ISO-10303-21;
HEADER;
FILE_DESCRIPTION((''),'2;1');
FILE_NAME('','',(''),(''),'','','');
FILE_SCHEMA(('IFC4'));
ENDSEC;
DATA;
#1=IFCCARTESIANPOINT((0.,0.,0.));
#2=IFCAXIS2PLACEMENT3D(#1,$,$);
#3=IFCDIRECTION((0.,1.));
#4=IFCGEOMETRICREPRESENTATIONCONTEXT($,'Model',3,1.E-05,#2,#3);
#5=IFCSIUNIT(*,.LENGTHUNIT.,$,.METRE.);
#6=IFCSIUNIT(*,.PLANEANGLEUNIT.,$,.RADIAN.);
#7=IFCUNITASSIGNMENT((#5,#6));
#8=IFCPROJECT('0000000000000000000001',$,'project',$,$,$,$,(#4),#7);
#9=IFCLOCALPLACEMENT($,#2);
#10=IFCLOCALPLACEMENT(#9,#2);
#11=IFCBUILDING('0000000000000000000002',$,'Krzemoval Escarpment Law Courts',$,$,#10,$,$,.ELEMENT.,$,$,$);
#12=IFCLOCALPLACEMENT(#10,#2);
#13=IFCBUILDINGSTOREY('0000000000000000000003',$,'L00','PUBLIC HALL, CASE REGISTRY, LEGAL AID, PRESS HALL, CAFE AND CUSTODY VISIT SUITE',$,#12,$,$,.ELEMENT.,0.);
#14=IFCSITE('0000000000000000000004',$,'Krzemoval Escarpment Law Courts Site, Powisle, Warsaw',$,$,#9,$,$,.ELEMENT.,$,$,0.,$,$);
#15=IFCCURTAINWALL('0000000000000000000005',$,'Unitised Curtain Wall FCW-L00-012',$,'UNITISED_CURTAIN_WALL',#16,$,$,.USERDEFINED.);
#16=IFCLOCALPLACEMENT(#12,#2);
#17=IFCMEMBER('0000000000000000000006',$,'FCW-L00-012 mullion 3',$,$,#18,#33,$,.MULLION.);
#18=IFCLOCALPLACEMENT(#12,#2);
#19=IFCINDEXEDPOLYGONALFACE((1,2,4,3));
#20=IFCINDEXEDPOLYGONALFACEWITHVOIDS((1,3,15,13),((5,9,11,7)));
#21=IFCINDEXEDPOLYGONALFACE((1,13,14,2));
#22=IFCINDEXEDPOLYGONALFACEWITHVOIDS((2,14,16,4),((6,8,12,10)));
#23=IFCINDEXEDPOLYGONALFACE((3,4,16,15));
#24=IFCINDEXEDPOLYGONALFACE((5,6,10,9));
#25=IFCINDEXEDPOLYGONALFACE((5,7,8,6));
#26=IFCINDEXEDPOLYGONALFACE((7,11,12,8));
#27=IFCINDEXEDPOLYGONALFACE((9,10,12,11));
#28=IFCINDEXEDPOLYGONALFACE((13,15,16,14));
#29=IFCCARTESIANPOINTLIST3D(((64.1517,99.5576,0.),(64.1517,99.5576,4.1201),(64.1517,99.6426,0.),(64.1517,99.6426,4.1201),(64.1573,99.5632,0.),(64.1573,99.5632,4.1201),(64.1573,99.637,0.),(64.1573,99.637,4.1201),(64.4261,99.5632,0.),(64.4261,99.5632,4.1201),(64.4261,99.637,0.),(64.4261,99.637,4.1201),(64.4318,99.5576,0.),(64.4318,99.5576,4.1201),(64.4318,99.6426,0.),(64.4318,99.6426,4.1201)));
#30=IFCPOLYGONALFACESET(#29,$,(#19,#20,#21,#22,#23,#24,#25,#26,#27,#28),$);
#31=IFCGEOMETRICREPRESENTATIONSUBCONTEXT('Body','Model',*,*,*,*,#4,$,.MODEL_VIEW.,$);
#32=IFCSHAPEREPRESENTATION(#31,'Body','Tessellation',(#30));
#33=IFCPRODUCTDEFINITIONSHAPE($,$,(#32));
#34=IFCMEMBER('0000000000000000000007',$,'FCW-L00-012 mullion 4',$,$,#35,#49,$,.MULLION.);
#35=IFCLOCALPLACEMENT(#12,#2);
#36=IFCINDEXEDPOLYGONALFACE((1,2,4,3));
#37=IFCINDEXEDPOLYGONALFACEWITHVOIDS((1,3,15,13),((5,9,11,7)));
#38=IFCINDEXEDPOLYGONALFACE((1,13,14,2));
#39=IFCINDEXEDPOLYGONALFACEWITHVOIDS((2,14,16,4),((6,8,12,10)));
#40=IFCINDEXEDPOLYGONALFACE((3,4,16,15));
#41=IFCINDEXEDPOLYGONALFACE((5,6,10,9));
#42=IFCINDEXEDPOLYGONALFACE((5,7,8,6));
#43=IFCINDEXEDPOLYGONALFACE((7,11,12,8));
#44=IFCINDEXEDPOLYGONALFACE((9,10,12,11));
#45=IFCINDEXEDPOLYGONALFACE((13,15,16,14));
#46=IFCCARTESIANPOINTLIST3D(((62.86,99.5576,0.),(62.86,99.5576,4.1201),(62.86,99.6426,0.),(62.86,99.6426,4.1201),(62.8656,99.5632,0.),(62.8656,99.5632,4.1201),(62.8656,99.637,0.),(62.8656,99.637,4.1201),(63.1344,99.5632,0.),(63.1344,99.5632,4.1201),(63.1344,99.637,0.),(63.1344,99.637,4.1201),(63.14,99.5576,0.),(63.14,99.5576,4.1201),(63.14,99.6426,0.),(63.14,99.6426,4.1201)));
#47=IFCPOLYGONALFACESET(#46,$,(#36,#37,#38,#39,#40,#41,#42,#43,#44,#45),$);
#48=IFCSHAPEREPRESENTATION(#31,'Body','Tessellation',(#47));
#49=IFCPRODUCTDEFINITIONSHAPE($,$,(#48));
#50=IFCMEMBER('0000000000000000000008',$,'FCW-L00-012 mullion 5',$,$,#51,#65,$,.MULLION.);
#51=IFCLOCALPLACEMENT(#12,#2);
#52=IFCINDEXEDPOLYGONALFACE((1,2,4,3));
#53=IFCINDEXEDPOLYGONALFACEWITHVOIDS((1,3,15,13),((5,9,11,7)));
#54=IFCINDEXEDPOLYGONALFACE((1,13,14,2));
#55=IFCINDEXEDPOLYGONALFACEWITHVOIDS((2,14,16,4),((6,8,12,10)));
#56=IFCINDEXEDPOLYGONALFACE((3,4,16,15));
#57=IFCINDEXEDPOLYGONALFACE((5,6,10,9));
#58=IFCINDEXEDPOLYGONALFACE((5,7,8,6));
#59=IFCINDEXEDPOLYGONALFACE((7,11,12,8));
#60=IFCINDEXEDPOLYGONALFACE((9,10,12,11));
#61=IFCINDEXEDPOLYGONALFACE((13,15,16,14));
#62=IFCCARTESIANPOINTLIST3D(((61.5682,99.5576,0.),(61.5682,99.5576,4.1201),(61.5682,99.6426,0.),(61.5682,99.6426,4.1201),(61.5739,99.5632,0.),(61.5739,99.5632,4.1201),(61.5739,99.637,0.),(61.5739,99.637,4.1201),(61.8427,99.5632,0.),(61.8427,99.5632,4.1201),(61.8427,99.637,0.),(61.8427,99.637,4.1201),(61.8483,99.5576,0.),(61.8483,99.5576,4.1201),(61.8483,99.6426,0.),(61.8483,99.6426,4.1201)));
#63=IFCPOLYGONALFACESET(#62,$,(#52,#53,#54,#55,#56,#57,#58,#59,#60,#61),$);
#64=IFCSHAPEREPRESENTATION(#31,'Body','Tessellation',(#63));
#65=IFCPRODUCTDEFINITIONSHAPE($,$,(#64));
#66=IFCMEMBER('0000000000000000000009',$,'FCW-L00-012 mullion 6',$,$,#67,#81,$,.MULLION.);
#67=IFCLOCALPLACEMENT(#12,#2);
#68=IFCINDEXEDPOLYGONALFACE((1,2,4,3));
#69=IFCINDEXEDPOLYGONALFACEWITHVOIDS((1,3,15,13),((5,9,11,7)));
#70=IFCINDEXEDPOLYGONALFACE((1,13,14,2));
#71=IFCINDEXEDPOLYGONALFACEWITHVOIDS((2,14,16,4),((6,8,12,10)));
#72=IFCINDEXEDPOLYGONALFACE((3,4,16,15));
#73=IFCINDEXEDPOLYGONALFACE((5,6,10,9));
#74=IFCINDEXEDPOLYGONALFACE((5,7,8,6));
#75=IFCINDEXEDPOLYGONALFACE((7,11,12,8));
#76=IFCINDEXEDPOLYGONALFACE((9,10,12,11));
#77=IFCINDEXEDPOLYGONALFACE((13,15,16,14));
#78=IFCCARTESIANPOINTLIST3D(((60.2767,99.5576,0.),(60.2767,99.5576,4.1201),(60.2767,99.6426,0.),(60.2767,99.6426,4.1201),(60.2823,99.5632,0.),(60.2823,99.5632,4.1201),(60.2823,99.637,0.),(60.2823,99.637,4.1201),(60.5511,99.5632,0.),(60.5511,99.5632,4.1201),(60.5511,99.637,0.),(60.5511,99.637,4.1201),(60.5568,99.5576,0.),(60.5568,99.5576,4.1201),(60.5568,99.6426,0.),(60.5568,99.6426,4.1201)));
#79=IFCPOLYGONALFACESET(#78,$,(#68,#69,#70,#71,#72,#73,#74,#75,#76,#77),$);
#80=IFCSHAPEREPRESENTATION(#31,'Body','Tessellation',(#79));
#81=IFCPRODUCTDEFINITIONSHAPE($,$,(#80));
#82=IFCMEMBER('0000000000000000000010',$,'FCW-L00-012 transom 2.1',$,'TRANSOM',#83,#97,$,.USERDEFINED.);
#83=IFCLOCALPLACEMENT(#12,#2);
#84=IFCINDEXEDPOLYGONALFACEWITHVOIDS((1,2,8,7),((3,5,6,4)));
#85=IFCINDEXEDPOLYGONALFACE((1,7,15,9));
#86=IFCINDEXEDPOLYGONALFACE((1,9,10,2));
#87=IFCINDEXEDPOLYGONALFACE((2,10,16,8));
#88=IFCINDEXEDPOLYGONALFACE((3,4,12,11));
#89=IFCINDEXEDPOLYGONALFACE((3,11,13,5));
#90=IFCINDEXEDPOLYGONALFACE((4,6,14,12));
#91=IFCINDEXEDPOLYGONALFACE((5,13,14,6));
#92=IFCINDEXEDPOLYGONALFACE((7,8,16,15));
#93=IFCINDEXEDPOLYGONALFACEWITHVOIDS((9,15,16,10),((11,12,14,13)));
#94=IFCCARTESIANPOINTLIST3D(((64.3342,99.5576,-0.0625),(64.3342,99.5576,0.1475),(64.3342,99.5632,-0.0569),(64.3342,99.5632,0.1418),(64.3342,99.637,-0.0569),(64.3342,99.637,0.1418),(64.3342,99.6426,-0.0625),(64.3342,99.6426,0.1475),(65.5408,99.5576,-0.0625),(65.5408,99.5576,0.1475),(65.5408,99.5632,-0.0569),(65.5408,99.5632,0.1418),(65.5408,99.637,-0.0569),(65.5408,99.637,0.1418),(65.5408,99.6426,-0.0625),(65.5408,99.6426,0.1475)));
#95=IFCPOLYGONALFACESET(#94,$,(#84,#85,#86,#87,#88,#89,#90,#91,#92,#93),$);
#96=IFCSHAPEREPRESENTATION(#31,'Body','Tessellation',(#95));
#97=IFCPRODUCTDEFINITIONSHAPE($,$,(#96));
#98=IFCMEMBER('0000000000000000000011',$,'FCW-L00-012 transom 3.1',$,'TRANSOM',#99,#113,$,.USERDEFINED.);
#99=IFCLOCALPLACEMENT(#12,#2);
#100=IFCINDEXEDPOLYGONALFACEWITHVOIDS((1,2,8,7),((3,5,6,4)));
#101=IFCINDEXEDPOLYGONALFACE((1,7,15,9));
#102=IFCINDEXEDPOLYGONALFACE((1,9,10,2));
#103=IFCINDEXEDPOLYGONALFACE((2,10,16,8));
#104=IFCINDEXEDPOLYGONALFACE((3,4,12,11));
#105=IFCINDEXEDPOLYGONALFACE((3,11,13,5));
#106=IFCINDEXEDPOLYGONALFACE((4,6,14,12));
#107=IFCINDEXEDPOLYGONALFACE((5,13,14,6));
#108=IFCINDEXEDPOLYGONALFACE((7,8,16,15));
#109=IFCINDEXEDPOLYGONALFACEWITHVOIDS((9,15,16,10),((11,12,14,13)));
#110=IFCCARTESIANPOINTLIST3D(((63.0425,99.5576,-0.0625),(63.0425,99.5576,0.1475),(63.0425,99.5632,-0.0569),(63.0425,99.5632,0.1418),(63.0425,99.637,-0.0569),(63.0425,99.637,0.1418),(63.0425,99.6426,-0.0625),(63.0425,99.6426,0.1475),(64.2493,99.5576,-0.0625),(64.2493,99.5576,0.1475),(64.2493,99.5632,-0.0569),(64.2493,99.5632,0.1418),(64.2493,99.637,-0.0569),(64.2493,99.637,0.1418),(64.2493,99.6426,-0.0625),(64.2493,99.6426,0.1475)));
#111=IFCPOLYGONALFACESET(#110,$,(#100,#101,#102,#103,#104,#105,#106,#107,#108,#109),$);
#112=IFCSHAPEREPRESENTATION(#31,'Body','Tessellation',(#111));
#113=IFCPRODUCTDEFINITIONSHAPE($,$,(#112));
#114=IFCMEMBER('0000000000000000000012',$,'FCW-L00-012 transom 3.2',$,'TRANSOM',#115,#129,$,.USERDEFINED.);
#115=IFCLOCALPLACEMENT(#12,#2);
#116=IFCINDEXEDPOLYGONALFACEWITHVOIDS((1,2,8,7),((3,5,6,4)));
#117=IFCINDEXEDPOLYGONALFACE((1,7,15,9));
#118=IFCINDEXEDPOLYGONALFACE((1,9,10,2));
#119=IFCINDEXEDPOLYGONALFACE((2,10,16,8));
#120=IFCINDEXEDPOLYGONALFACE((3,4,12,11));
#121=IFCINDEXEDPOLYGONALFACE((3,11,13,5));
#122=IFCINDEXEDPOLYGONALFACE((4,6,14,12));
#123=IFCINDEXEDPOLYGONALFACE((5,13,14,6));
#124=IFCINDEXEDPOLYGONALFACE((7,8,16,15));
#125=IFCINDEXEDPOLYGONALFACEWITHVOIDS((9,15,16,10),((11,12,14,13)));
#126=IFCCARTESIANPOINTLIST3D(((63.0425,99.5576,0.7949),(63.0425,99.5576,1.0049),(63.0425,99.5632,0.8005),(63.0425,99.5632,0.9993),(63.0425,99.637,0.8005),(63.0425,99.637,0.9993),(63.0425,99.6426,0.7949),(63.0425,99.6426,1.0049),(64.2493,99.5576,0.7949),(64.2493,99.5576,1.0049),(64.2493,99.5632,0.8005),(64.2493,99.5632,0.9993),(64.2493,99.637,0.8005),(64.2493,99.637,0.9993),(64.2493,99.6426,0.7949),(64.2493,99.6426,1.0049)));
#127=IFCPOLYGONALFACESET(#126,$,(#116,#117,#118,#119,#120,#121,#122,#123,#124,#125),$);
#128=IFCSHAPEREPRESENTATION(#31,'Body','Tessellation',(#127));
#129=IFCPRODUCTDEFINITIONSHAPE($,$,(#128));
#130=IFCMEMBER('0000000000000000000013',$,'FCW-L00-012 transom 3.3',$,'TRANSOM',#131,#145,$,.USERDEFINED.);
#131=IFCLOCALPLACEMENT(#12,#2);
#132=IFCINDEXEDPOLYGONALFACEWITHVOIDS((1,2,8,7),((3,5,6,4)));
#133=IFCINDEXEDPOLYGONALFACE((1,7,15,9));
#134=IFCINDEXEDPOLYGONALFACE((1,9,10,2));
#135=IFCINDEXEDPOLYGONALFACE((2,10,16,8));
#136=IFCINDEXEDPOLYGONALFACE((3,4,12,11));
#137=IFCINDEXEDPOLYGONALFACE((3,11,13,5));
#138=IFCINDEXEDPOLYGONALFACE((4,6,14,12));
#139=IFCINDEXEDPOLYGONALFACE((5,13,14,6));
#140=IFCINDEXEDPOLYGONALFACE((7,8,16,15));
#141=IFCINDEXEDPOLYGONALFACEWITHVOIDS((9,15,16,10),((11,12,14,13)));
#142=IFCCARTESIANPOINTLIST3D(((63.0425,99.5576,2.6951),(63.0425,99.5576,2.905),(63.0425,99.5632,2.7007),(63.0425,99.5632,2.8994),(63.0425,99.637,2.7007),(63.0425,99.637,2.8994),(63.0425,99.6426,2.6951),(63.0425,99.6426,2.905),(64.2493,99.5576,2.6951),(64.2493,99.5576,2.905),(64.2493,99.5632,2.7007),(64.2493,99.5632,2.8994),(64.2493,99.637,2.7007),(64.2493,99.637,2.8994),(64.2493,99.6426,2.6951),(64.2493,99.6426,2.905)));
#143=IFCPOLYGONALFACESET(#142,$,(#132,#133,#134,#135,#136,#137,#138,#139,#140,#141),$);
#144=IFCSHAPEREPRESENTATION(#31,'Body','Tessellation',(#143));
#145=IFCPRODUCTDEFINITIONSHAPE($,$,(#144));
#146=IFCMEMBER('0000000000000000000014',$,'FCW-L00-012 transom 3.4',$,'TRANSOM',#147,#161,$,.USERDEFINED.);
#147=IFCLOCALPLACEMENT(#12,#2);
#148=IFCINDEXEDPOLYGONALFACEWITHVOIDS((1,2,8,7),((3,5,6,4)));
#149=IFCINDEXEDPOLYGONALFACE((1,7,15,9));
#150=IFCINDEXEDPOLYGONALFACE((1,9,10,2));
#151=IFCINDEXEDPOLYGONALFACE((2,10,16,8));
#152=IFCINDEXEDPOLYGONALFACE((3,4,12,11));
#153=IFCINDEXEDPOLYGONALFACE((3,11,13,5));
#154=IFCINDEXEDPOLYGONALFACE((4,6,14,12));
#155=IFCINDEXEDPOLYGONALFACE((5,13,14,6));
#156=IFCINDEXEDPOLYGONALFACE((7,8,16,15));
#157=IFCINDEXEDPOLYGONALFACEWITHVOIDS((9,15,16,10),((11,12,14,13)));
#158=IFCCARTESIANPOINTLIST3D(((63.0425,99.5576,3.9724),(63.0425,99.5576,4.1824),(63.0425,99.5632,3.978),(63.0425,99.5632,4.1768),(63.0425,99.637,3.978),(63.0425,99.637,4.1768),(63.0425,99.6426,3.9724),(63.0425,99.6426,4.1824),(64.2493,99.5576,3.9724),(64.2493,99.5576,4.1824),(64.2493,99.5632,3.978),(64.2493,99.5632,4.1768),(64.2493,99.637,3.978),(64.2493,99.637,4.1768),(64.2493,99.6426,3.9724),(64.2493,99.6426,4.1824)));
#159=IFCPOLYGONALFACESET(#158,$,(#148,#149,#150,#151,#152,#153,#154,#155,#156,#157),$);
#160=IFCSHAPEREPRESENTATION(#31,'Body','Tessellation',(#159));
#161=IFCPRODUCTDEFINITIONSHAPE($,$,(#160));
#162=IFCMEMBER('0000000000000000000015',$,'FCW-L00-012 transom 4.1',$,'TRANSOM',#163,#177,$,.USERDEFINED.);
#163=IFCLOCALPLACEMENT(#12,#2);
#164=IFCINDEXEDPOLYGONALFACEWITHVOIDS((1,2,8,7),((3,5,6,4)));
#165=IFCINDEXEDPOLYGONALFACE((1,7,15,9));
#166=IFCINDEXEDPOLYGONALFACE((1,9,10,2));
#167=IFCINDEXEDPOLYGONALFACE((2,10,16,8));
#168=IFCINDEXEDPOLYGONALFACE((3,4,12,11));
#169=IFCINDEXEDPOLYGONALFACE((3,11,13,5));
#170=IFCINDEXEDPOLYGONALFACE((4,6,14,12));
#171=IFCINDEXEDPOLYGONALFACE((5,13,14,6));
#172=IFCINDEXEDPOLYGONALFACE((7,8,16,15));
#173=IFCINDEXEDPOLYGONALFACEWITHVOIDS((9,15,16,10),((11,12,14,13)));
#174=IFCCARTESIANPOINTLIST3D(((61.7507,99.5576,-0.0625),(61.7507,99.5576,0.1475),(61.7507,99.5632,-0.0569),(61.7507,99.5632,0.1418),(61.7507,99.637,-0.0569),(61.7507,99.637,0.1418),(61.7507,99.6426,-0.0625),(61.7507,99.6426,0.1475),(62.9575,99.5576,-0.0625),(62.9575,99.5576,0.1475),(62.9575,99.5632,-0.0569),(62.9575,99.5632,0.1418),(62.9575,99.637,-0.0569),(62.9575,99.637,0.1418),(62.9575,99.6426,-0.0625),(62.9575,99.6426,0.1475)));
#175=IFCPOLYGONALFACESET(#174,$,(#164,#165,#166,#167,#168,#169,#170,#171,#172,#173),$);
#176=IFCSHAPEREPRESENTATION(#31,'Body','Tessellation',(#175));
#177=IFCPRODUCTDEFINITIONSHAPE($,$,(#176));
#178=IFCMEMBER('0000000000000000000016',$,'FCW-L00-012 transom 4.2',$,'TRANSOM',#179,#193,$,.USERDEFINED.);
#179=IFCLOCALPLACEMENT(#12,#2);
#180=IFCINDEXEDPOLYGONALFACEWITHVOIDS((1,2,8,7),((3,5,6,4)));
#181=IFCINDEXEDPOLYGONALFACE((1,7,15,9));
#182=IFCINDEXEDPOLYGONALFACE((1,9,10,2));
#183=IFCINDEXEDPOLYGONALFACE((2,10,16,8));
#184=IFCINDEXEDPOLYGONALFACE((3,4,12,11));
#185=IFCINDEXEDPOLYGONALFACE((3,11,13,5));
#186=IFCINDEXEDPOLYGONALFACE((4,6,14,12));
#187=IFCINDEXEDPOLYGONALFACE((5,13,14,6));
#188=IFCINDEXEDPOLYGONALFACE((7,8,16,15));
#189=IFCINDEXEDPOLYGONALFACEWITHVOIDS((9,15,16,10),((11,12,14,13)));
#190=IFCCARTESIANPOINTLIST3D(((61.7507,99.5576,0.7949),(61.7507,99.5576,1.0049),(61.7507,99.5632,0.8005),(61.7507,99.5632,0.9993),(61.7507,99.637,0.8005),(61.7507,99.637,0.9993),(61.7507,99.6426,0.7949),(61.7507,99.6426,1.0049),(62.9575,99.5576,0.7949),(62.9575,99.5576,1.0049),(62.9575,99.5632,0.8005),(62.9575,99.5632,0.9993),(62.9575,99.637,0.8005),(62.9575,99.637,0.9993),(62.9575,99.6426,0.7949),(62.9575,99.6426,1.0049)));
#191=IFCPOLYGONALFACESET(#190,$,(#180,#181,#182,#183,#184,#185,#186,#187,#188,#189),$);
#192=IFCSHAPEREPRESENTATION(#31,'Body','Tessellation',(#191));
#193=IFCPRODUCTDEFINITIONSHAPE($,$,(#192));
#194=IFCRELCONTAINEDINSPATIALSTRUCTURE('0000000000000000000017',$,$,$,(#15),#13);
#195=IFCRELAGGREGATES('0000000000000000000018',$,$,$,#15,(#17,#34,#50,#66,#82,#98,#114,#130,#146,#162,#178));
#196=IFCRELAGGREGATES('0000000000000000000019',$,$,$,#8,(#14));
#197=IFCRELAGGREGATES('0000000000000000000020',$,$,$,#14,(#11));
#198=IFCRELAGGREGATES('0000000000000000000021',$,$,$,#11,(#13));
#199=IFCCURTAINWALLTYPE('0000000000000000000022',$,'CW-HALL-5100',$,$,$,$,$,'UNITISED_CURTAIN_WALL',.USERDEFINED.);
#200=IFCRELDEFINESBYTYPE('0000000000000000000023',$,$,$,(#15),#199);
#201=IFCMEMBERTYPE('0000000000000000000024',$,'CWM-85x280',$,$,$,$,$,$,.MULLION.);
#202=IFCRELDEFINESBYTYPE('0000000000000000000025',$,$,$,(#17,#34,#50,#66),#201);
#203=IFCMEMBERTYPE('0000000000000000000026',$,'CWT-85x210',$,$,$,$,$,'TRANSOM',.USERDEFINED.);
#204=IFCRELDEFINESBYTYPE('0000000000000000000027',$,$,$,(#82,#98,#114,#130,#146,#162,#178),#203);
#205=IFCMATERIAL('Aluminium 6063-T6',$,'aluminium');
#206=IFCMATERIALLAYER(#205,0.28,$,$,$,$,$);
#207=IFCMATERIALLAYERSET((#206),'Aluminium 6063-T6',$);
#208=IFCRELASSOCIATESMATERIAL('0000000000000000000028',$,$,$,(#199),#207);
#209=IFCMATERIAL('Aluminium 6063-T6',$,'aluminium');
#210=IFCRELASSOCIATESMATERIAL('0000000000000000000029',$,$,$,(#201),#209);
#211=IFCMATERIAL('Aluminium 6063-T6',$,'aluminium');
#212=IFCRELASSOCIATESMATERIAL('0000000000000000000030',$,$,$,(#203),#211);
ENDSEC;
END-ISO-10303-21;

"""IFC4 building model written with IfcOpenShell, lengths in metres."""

from ifc_helpers import new_model, si_unit, direction, frame, origin, origin_2d, place, context, subcontext, project, spatial, hollow_rectangle, extrude, material, layer, layer_set, material_profile, profile_set, type_object, element, aggregate, save


model = new_model("IFC4")

# Units and contexts
model_context = context("Model", 3, precision=1e-05, world=origin(), true_north=direction((0.0, 1.0)))
body_context = subcontext(model_context, "Body", "Model", "MODEL_VIEW")
ifc_project = project(units=[si_unit("LENGTHUNIT", "METRE"), si_unit("PLANEANGLEUNIT", "RADIAN")], contexts=[model_context])

# Site, building, storey
site_placement = place(None, origin())
site = spatial("IfcSite", under=ifc_project, at=site_placement, Name="Krzemoval Escarpment Law Courts Site, Powisle, Warsaw", CompositionType="ELEMENT", RefElevation=0.0)
building_placement = place(site_placement, origin())
building = spatial("IfcBuilding", under=site, at=building_placement, Name="Krzemoval Escarpment Law Courts", CompositionType="ELEMENT")
storey_placement = place(building_placement, origin())
storey = spatial("IfcBuildingStorey", under=building, at=storey_placement, Name="L00", Description="PUBLIC HALL, CASE REGISTRY, LEGAL AID, PRESS HALL, CAFE AND CUSTODY VISIT SUITE", CompositionType="ELEMENT", Elevation=0.0)

# Curtain wall, members
ifc_material_1 = material(Name="Aluminium 6063-T6", Category="aluminium")
ifc_layer_1 = layer(ifc_material_1, 0.28)
ifc_layer_set_1 = layer_set([ifc_layer_1], Name="Aluminium 6063-T6")
curtain_wall_type = type_object("IfcCurtainWallType", Name="CW-HALL-5100", ElementType="UNITISED_CURTAIN_WALL", PredefinedType="USERDEFINED", material=ifc_layer_set_1)
curtain_wall_placement = place(storey_placement, origin())
curtain_wall = element("IfcCurtainWall", 1, at=curtain_wall_placement, inside=storey, type_object=curtain_wall_type, Name="Unitised Curtain Wall FCW-L00-012", ObjectType="UNITISED_CURTAIN_WALL", PredefinedType="USERDEFINED")
ifc_material_2 = material(Name="Aluminium 6063-T6", Category="aluminium")
ifc_material_profile_1 = material_profile(ifc_material_2, hollow_rectangle(XDim=0.085, YDim=0.28, WallThickness=0.0056, at=origin_2d()), Name="ALU M85x280")
ifc_profile_set_1 = profile_set([ifc_material_profile_1], Name="Aluminium 6063-T6")
member_type_1 = type_object("IfcMemberType", Name="CWM-85x280", PredefinedType="MULLION", material=ifc_profile_set_1)
member_1_placement = place(storey_placement, frame((64.2917, 99.6001, 0.0), z_axis=(0.0, 0.0, 1.0), x_axis=(0.0, -1.0, 0.0)))
member_1 = element("IfcMember", 2, at=member_1_placement, type_object=member_type_1, Name="FCW-L00-012 mullion 3", PredefinedType="MULLION", context=body_context, shape_type="SweptSolid", body=[
    extrude(hollow_rectangle(XDim=0.085, YDim=0.28, WallThickness=0.0056, at=origin_2d()), origin(), (0.0, 0.0, 1.0), 4.1201),
])
member_2_placement = place(storey_placement, frame((63.0, 99.6001, 0.0), z_axis=(0.0, 0.0, 1.0), x_axis=(0.0, -1.0, 0.0)))
member_2 = element("IfcMember", 3, at=member_2_placement, type_object=member_type_1, Name="FCW-L00-012 mullion 4", PredefinedType="MULLION", context=body_context, shape_type="SweptSolid", body=[
    extrude(hollow_rectangle(XDim=0.085, YDim=0.28, WallThickness=0.0056, at=origin_2d()), origin(), (0.0, 0.0, 1.0), 4.1201),
])
member_3_placement = place(storey_placement, frame((61.7083, 99.6001, 0.0), z_axis=(0.0, 0.0, 1.0), x_axis=(0.0, -1.0, 0.0)))
member_3 = element("IfcMember", 4, at=member_3_placement, type_object=member_type_1, Name="FCW-L00-012 mullion 5", PredefinedType="MULLION", context=body_context, shape_type="SweptSolid", body=[
    extrude(hollow_rectangle(XDim=0.085, YDim=0.28, WallThickness=0.0056, at=origin_2d()), origin(), (0.0, 0.0, 1.0), 4.1201),
])
member_4_placement = place(storey_placement, frame((60.4167, 99.6001, 0.0), z_axis=(0.0, 0.0, 1.0), x_axis=(0.0, -1.0, 0.0)))
member_4 = element("IfcMember", 5, at=member_4_placement, type_object=member_type_1, Name="FCW-L00-012 mullion 6", PredefinedType="MULLION", context=body_context, shape_type="SweptSolid", body=[
    extrude(hollow_rectangle(XDim=0.085, YDim=0.28, WallThickness=0.0056, at=origin_2d()), origin(), (0.0, 0.0, 1.0), 4.1201),
])
ifc_material_3 = material(Name="Aluminium 6063-T6", Category="aluminium")
ifc_material_profile_2 = material_profile(ifc_material_3, hollow_rectangle(XDim=0.085, YDim=0.21, WallThickness=0.0056, at=origin_2d()), Name="ALU T85x210")
ifc_profile_set_2 = profile_set([ifc_material_profile_2], Name="Aluminium 6063-T6")
member_type_2 = type_object("IfcMemberType", Name="CWT-85x210", ElementType="TRANSOM", PredefinedType="USERDEFINED", material=ifc_profile_set_2)
member_5_placement = place(storey_placement, frame((65.5408, 99.6001, 0.0425), z_axis=(-1.0, 0.0, 0.0), x_axis=(0.0, -1.0, 0.0)))
member_5 = element("IfcMember", 6, at=member_5_placement, type_object=member_type_2, Name="FCW-L00-012 transom 2.1", ObjectType="TRANSOM", PredefinedType="USERDEFINED", context=body_context, shape_type="SweptSolid", body=[
    extrude(hollow_rectangle(XDim=0.085, YDim=0.21, WallThickness=0.0056, at=origin_2d()), origin(), (0.0, 0.0, 1.0), 1.2065),
])
member_6_placement = place(storey_placement, frame((64.2493, 99.6001, 0.0425), z_axis=(-1.0, 0.0, 0.0), x_axis=(0.0, -1.0, 0.0)))
member_6 = element("IfcMember", 7, at=member_6_placement, type_object=member_type_2, Name="FCW-L00-012 transom 3.1", ObjectType="TRANSOM", PredefinedType="USERDEFINED", context=body_context, shape_type="SweptSolid", body=[
    extrude(hollow_rectangle(XDim=0.085, YDim=0.21, WallThickness=0.0056, at=origin_2d()), origin(), (0.0, 0.0, 1.0), 1.2068),
])
member_7_placement = place(storey_placement, frame((64.2493, 99.6001, 0.8999), z_axis=(-1.0, 0.0, 0.0), x_axis=(0.0, -1.0, 0.0)))
member_7 = element("IfcMember", 8, at=member_7_placement, type_object=member_type_2, Name="FCW-L00-012 transom 3.2", ObjectType="TRANSOM", PredefinedType="USERDEFINED", context=body_context, shape_type="SweptSolid", body=[
    extrude(hollow_rectangle(XDim=0.085, YDim=0.21, WallThickness=0.0056, at=origin_2d()), origin(), (0.0, 0.0, 1.0), 1.2068),
])
member_8_placement = place(storey_placement, frame((64.2493, 99.6001, 2.8), z_axis=(-1.0, 0.0, 0.0), x_axis=(0.0, -1.0, 0.0)))
member_8 = element("IfcMember", 9, at=member_8_placement, type_object=member_type_2, Name="FCW-L00-012 transom 3.3", ObjectType="TRANSOM", PredefinedType="USERDEFINED", context=body_context, shape_type="SweptSolid", body=[
    extrude(hollow_rectangle(XDim=0.085, YDim=0.21, WallThickness=0.0056, at=origin_2d()), origin(), (0.0, 0.0, 1.0), 1.2068),
])
member_9_placement = place(storey_placement, frame((64.2493, 99.6001, 4.0774), z_axis=(-1.0, 0.0, 0.0), x_axis=(0.0, -1.0, 0.0)))
member_9 = element("IfcMember", 10, at=member_9_placement, type_object=member_type_2, Name="FCW-L00-012 transom 3.4", ObjectType="TRANSOM", PredefinedType="USERDEFINED", context=body_context, shape_type="SweptSolid", body=[
    extrude(hollow_rectangle(XDim=0.085, YDim=0.21, WallThickness=0.0056, at=origin_2d()), origin(), (0.0, 0.0, 1.0), 1.2068),
])
member_10_placement = place(storey_placement, frame((62.9575, 99.6001, 0.0425), z_axis=(-1.0, 0.0, 0.0), x_axis=(0.0, -1.0, 0.0)))
member_10 = element("IfcMember", 11, at=member_10_placement, type_object=member_type_2, Name="FCW-L00-012 transom 4.1", ObjectType="TRANSOM", PredefinedType="USERDEFINED", context=body_context, shape_type="SweptSolid", body=[
    extrude(hollow_rectangle(XDim=0.085, YDim=0.21, WallThickness=0.0056, at=origin_2d()), origin(), (0.0, 0.0, 1.0), 1.2068),
])
member_11_placement = place(storey_placement, frame((62.9575, 99.6001, 0.8999), z_axis=(-1.0, 0.0, 0.0), x_axis=(0.0, -1.0, 0.0)))
member_11 = element("IfcMember", 12, at=member_11_placement, type_object=member_type_2, Name="FCW-L00-012 transom 4.2", ObjectType="TRANSOM", PredefinedType="USERDEFINED", context=body_context, shape_type="SweptSolid", body=[
    extrude(hollow_rectangle(XDim=0.085, YDim=0.21, WallThickness=0.0056, at=origin_2d()), origin(), (0.0, 0.0, 1.0), 1.2068),
])
aggregate(curtain_wall, [member_1, member_2, member_3, member_4, member_5, member_6, member_7, member_8, member_9, member_10, member_11])

save(model, "model.ifc")
